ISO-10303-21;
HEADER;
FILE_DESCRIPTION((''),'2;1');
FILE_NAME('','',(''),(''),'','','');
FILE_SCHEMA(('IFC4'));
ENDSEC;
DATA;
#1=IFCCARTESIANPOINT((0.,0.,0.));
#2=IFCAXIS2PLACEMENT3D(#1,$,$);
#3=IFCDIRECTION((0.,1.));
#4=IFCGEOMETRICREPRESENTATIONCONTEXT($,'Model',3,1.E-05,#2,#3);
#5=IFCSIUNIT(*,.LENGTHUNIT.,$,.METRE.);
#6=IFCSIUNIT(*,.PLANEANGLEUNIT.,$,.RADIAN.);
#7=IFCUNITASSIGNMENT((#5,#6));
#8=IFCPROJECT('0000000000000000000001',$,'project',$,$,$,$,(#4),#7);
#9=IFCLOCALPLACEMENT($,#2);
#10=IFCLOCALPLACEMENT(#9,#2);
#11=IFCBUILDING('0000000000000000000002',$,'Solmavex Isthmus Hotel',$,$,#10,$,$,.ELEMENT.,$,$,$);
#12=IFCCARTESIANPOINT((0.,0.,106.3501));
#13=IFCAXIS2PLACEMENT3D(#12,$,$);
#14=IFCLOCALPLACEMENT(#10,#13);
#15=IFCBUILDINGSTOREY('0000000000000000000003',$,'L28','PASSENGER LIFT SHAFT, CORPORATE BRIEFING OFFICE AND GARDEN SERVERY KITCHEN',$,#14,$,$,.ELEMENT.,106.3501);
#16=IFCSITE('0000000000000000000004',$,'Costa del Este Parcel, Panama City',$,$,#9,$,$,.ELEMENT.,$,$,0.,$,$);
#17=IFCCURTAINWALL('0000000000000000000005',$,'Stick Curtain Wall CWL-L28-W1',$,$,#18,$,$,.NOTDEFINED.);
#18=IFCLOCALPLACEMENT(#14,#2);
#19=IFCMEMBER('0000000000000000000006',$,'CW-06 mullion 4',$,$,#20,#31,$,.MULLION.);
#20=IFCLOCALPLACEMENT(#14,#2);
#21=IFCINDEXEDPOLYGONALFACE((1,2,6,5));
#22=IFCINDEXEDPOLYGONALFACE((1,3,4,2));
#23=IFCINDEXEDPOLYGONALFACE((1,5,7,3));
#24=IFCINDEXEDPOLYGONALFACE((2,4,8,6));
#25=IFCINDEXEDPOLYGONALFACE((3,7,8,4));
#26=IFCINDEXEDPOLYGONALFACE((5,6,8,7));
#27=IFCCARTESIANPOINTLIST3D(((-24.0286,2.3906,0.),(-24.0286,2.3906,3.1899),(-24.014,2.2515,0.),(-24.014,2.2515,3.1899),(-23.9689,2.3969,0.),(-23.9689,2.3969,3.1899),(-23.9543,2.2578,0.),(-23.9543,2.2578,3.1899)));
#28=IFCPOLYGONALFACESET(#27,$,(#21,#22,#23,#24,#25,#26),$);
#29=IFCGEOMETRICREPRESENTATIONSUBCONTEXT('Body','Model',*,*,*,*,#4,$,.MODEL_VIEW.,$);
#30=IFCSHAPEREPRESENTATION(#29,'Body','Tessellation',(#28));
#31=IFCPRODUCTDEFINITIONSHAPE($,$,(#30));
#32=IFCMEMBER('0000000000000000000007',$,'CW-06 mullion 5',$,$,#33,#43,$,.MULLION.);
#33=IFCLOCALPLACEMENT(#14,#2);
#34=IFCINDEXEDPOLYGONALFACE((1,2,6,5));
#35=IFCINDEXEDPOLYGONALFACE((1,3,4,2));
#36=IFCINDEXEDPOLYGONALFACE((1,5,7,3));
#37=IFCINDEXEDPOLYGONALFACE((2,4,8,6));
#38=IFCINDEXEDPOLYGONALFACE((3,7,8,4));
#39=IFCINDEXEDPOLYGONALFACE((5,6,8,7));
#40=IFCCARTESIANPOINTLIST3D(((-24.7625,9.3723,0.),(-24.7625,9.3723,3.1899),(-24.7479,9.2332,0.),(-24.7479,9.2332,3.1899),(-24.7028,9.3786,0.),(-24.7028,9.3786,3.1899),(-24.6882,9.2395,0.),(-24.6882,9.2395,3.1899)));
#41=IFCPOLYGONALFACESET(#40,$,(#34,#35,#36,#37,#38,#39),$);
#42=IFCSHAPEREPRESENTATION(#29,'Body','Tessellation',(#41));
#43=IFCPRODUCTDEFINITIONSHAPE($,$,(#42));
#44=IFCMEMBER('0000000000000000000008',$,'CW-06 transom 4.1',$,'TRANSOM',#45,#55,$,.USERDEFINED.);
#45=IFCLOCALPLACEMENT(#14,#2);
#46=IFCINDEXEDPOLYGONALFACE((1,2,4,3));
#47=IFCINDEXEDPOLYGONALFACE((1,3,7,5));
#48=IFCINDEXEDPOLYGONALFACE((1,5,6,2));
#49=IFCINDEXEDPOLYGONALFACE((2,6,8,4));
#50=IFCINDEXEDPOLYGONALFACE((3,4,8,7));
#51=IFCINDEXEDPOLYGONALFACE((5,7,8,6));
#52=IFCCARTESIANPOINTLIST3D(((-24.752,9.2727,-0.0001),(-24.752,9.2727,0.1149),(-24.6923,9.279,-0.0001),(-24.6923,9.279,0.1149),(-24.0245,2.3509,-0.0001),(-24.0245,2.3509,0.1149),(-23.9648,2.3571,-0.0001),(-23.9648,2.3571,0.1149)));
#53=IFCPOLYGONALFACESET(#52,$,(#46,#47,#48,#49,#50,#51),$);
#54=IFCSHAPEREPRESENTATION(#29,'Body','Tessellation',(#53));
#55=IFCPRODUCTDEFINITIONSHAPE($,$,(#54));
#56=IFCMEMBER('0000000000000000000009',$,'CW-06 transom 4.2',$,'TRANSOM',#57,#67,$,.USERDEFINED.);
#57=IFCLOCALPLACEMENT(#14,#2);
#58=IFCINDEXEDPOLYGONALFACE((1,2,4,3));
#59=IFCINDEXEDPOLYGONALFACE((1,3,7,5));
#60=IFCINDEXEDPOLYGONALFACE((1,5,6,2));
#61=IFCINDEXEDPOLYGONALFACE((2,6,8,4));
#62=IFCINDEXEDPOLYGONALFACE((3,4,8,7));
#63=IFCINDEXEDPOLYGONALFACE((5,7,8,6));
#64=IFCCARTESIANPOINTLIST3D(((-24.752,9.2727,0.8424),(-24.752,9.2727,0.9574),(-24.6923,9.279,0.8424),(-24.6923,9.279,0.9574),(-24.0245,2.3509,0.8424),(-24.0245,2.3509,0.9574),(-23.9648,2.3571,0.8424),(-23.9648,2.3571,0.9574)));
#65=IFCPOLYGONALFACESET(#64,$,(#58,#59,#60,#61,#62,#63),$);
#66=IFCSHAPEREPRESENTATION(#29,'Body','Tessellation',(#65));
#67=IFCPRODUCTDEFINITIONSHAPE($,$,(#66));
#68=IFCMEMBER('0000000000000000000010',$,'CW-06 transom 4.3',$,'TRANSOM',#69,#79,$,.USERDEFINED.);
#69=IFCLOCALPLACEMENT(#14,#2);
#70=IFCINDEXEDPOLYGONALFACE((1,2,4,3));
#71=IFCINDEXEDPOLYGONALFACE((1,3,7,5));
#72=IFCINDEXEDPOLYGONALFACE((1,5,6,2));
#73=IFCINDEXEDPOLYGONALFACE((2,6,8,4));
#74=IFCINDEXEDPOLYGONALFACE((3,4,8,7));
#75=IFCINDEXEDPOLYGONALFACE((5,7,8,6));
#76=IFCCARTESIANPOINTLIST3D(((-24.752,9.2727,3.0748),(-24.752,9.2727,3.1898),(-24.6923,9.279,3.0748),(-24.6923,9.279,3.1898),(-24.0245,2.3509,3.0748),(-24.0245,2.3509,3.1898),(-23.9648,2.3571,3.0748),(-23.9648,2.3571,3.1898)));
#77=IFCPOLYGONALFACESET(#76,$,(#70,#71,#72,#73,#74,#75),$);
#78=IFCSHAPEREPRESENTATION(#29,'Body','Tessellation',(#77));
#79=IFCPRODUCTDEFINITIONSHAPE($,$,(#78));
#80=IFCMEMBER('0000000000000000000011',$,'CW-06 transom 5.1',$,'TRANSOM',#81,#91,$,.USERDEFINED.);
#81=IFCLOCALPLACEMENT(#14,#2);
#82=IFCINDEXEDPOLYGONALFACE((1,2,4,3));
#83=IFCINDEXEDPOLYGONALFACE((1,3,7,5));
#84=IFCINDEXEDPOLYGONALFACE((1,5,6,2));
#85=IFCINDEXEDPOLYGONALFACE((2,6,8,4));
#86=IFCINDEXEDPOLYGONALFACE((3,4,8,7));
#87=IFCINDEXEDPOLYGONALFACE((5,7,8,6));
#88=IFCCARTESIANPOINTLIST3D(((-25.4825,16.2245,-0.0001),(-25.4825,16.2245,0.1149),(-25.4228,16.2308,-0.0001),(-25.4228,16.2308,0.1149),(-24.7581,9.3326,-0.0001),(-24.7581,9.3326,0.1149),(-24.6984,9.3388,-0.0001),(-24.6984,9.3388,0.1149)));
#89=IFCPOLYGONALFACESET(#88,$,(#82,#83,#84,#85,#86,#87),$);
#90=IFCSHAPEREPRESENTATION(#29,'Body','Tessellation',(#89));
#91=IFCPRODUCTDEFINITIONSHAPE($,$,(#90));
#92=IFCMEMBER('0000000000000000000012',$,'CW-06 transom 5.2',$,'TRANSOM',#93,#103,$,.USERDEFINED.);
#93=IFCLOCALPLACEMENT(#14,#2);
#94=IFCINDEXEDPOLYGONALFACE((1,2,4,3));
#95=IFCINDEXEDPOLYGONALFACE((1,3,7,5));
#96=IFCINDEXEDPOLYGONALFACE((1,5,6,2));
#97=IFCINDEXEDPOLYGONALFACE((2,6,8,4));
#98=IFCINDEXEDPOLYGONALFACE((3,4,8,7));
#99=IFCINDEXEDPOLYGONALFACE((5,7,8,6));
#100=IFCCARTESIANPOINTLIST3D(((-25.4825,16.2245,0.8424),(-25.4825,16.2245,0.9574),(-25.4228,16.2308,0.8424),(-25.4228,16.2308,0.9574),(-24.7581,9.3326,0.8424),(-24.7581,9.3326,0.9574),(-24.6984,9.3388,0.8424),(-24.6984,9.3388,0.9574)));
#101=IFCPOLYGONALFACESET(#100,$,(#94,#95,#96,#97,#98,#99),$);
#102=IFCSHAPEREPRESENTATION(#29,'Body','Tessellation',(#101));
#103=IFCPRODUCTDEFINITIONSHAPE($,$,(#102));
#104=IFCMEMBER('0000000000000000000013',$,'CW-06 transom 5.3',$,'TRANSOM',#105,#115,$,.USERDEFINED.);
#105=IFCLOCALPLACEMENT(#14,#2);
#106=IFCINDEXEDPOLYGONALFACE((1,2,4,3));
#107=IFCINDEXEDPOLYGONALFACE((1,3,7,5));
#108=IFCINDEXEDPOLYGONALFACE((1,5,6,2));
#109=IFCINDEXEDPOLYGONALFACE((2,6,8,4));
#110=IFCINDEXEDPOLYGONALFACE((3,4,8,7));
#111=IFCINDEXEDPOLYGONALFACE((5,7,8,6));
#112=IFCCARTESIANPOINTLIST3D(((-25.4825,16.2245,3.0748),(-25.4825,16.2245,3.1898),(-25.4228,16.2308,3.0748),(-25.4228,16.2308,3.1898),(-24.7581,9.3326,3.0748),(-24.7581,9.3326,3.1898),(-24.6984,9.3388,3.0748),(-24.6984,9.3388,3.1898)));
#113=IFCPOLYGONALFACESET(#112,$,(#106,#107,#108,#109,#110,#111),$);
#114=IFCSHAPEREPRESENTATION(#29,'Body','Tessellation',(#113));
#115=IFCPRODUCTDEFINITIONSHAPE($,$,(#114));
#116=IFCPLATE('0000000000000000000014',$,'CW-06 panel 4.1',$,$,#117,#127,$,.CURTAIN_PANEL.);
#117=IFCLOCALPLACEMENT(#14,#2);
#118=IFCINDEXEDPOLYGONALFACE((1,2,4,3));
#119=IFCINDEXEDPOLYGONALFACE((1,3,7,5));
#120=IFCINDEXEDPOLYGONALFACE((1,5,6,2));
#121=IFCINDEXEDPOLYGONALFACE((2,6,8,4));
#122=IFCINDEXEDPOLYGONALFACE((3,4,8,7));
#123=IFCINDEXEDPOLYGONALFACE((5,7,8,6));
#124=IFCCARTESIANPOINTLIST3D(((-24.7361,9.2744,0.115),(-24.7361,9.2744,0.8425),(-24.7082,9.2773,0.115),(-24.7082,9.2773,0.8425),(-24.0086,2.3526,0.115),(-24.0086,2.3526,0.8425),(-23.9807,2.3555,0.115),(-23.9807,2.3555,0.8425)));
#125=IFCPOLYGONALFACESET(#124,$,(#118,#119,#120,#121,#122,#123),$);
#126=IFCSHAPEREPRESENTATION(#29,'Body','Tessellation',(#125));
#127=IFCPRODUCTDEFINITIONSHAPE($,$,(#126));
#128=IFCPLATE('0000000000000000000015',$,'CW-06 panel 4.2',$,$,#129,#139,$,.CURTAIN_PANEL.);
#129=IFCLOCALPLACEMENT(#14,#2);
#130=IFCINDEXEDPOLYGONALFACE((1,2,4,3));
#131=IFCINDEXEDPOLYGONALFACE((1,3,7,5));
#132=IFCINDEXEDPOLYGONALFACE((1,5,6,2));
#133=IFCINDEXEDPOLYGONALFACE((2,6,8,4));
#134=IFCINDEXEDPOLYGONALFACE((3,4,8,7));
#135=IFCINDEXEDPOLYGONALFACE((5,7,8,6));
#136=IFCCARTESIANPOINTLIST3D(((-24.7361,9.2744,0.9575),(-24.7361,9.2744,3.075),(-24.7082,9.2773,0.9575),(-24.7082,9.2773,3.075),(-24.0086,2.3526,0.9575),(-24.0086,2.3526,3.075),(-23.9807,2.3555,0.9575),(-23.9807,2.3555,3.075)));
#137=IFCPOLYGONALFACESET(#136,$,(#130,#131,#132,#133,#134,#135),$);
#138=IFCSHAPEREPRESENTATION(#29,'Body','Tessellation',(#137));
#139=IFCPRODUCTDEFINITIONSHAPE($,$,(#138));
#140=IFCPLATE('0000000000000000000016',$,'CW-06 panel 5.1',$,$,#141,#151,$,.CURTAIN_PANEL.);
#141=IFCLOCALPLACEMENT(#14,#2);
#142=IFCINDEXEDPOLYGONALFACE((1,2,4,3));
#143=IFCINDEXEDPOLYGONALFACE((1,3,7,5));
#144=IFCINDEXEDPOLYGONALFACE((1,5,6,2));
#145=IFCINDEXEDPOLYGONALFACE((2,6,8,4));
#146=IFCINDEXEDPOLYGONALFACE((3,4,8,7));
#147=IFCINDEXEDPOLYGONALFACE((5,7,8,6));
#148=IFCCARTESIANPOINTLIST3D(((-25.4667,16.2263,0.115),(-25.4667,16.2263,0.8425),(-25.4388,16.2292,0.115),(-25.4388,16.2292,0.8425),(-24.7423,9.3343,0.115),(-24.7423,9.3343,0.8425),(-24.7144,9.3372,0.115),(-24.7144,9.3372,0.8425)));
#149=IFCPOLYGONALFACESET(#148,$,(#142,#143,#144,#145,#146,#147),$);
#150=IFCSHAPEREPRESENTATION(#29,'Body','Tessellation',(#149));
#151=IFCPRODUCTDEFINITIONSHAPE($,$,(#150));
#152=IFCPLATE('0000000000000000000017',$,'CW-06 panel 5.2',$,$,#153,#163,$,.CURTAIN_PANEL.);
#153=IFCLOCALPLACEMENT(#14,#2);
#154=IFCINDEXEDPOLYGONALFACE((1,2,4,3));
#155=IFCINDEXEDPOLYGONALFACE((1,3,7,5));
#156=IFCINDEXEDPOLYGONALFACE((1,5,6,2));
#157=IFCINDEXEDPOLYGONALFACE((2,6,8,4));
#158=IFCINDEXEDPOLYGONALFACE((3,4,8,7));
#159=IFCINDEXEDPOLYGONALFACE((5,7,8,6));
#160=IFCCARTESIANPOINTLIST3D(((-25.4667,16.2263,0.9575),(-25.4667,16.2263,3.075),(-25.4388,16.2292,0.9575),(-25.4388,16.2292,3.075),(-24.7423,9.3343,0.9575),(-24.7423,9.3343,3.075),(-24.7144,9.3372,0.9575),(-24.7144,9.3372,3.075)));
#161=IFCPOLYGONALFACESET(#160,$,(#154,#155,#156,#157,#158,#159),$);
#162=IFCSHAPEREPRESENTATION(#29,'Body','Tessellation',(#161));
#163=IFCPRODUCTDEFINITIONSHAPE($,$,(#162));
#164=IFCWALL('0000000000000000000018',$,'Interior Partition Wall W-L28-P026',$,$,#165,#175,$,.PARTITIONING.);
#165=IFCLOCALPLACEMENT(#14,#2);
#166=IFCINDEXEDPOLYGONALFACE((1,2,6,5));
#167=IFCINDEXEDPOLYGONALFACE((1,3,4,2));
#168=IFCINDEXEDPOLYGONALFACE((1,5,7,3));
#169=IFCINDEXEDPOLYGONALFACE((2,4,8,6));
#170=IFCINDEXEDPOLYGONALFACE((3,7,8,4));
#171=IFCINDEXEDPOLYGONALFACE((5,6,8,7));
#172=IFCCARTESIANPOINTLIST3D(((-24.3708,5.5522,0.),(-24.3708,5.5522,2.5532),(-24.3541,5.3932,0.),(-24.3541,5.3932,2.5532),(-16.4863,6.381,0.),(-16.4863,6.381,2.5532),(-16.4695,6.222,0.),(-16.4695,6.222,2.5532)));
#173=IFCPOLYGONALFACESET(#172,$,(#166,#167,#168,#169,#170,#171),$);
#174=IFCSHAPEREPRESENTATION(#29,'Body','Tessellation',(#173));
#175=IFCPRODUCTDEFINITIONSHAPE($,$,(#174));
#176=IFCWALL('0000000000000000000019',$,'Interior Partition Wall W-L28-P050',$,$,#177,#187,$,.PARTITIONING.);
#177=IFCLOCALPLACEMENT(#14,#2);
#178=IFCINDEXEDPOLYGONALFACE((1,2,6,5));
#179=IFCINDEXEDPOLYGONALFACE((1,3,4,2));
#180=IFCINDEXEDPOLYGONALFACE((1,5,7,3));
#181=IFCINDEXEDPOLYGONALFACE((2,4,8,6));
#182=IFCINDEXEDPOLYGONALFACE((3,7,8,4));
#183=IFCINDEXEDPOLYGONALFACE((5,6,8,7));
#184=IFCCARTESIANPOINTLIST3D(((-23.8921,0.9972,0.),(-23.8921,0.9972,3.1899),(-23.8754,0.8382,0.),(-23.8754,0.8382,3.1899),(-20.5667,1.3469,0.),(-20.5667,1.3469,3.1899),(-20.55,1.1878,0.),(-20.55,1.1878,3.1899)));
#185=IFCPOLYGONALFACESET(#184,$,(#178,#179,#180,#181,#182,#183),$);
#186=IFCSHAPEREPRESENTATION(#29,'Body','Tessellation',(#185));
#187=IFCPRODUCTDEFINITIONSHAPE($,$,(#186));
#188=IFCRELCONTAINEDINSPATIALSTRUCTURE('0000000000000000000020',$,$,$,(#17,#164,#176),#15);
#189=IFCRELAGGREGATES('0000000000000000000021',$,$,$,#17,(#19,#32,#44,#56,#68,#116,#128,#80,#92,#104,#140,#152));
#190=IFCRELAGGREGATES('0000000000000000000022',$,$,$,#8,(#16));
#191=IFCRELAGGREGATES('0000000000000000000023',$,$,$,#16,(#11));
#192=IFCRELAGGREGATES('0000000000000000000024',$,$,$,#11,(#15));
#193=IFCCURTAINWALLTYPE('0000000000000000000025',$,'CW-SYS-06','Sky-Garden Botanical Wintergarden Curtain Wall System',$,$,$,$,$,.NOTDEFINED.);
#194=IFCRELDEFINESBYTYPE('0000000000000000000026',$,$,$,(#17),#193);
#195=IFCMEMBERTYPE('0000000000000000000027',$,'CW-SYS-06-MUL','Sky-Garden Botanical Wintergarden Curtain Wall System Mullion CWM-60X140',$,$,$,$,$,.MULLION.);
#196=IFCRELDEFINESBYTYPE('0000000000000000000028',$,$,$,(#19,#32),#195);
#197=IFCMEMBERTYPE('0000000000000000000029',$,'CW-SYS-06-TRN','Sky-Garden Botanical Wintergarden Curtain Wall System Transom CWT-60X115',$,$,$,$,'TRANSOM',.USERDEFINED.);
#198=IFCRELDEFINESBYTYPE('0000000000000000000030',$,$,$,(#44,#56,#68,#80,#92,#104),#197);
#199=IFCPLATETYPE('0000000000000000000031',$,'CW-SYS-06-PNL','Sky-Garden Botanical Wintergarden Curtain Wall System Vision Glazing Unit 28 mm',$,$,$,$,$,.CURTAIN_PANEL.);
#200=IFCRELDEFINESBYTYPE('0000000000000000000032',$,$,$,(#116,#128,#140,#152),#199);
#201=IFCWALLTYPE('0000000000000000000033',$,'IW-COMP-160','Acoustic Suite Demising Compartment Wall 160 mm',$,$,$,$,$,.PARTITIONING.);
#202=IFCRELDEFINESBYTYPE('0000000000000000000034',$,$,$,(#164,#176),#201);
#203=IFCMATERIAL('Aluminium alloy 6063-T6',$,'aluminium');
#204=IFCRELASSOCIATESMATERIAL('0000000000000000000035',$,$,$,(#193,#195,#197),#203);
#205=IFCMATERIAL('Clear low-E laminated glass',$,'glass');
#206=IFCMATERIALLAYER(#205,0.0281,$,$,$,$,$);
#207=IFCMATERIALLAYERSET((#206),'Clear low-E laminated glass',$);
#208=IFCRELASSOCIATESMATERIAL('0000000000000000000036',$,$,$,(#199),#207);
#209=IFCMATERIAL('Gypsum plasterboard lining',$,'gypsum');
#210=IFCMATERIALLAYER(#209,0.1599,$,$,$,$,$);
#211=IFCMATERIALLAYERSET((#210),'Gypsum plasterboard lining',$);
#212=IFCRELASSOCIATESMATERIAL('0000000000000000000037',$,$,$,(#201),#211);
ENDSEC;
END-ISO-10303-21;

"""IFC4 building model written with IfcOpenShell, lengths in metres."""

from ifc_helpers import new_model, si_unit, direction, frame, frame_2d, origin, origin_2d, place, context, subcontext, project, spatial, rectangle, extrude, material, layer, layer_set, material_profile, profile_set, type_object, element, aggregate, save


model = new_model("IFC4")

# Units and contexts
model_context = context("Model", 3, precision=1e-05, world=origin(), true_north=direction((0.0, 1.0)))
body_context = subcontext(model_context, "Body", "Model", "MODEL_VIEW")
ifc_project = project(units=[si_unit("LENGTHUNIT", "METRE"), si_unit("PLANEANGLEUNIT", "RADIAN")], contexts=[model_context])

# Site, building, storey
site_placement = place(None, origin())
site = spatial("IfcSite", under=ifc_project, at=site_placement, Name="Costa del Este Parcel, Panama City", CompositionType="ELEMENT", RefElevation=0.0)
building_placement = place(site_placement, origin())
building = spatial("IfcBuilding", under=site, at=building_placement, Name="Solmavex Isthmus Hotel", CompositionType="ELEMENT")
storey_placement = place(building_placement, frame((0.0, 0.0, 106.3501)))
storey = spatial("IfcBuildingStorey", under=building, at=storey_placement, Name="L28", Description="PASSENGER LIFT SHAFT, CORPORATE BRIEFING OFFICE AND GARDEN SERVERY KITCHEN", CompositionType="ELEMENT", Elevation=106.3501)

# Curtain wall, members, plates
ifc_material_1 = material(Name="Aluminium alloy 6063-T6", Category="aluminium")
curtain_wall_type = type_object("IfcCurtainWallType", Name="CW-SYS-06", Description="Sky-Garden Botanical Wintergarden Curtain Wall System", PredefinedType="NOTDEFINED", material=ifc_material_1)
curtain_wall_placement = place(storey_placement, origin())
curtain_wall = element("IfcCurtainWall", 1, at=curtain_wall_placement, inside=storey, type_object=curtain_wall_type, Name="Stick Curtain Wall CWL-L28-W1", PredefinedType="NOTDEFINED")
ifc_material_profile_1 = material_profile(ifc_material_1, rectangle(XDim=0.0601, YDim=0.1399, at=origin_2d()), Name="CWM-60X140")
ifc_profile_set_1 = profile_set([ifc_material_profile_1], Name="Aluminium alloy 6063-T6")
member_type_1 = type_object("IfcMemberType", Name="CW-SYS-06-MUL", Description="Sky-Garden Botanical Wintergarden Curtain Wall System Mullion CWM-60X140", PredefinedType="MULLION", material=ifc_profile_set_1)
member_1_placement = place(storey_placement, frame((-23.9915, 2.3242, 0.0), z_axis=(0.0, 0.0, 1.0), x_axis=(-0.994522, -0.104528, 0.0)))
member_1 = element("IfcMember", 2, at=member_1_placement, type_object=member_type_1, Name="CW-06 mullion 4", PredefinedType="MULLION", context=body_context, shape_type="SweptSolid", body=[
    extrude(rectangle(XDim=0.0601, YDim=0.1399, at=origin_2d()), origin(), (0.0, 0.0, 1.0), 3.1899),
])
member_2_placement = place(storey_placement, frame((-24.7253, 9.3059, 0.0), z_axis=(0.0, 0.0, 1.0), x_axis=(-0.994522, -0.104528, 0.0)))
member_2 = element("IfcMember", 3, at=member_2_placement, type_object=member_type_1, Name="CW-06 mullion 5", PredefinedType="MULLION", context=body_context, shape_type="SweptSolid", body=[
    extrude(rectangle(XDim=0.0601, YDim=0.1399, at=origin_2d()), origin(), (0.0, 0.0, 1.0), 3.1899),
])
ifc_material_profile_2 = material_profile(ifc_material_1, rectangle(XDim=0.0601, YDim=0.115, at=origin_2d()), Name="CWT-60X115")
ifc_profile_set_2 = profile_set([ifc_material_profile_2], Name="Aluminium alloy 6063-T6")
member_type_2 = type_object("IfcMemberType", Name="CW-SYS-06-TRN", Description="Sky-Garden Botanical Wintergarden Curtain Wall System Transom CWT-60X115", ElementType="TRANSOM", PredefinedType="USERDEFINED", material=ifc_profile_set_2)
member_3_placement = place(storey_placement, frame((-23.9946, 2.354, 0.0574), z_axis=(-0.104531, 0.994522, 0.0), x_axis=(-0.994522, -0.104531, 0.0)))
member_3 = element("IfcMember", 4, at=member_3_placement, type_object=member_type_2, Name="CW-06 transom 4.1", ObjectType="TRANSOM", PredefinedType="USERDEFINED", context=body_context, shape_type="SweptSolid", body=[
    extrude(rectangle(XDim=0.0601, YDim=0.115, at=origin_2d()), origin(), (0.0, 0.0, 1.0), 6.96),
])
member_4_placement = place(storey_placement, frame((-23.9946, 2.354, 0.8999), z_axis=(-0.104531, 0.994522, 0.0), x_axis=(-0.994522, -0.104531, 0.0)))
member_4 = element("IfcMember", 5, at=member_4_placement, type_object=member_type_2, Name="CW-06 transom 4.2", ObjectType="TRANSOM", PredefinedType="USERDEFINED", context=body_context, shape_type="SweptSolid", body=[
    extrude(rectangle(XDim=0.0601, YDim=0.115, at=origin_2d()), origin(), (0.0, 0.0, 1.0), 6.96),
])
member_5_placement = place(storey_placement, frame((-23.9946, 2.354, 3.1323), z_axis=(-0.104531, 0.994522, 0.0), x_axis=(-0.994522, -0.104531, 0.0)))
member_5 = element("IfcMember", 6, at=member_5_placement, type_object=member_type_2, Name="CW-06 transom 4.3", ObjectType="TRANSOM", PredefinedType="USERDEFINED", context=body_context, shape_type="SweptSolid", body=[
    extrude(rectangle(XDim=0.0601, YDim=0.115, at=origin_2d()), origin(), (0.0, 0.0, 1.0), 6.96),
])
member_6_placement = place(storey_placement, frame((-24.7283, 9.3357, 0.0574), z_axis=(-0.104525, 0.994522, 0.0), x_axis=(-0.994522, -0.104525, 0.0)))
member_6 = element("IfcMember", 7, at=member_6_placement, type_object=member_type_2, Name="CW-06 transom 5.1", ObjectType="TRANSOM", PredefinedType="USERDEFINED", context=body_context, shape_type="SweptSolid", body=[
    extrude(rectangle(XDim=0.0601, YDim=0.115, at=origin_2d()), origin(), (0.0, 0.0, 1.0), 6.9299),
])
member_7_placement = place(storey_placement, frame((-24.7283, 9.3357, 0.8999), z_axis=(-0.104525, 0.994522, 0.0), x_axis=(-0.994522, -0.104525, 0.0)))
member_7 = element("IfcMember", 8, at=member_7_placement, type_object=member_type_2, Name="CW-06 transom 5.2", ObjectType="TRANSOM", PredefinedType="USERDEFINED", context=body_context, shape_type="SweptSolid", body=[
    extrude(rectangle(XDim=0.0601, YDim=0.115, at=origin_2d()), origin(), (0.0, 0.0, 1.0), 6.9299),
])
member_8_placement = place(storey_placement, frame((-24.7283, 9.3357, 3.1323), z_axis=(-0.104525, 0.994522, 0.0), x_axis=(-0.994522, -0.104525, 0.0)))
member_8 = element("IfcMember", 9, at=member_8_placement, type_object=member_type_2, Name="CW-06 transom 5.3", ObjectType="TRANSOM", PredefinedType="USERDEFINED", context=body_context, shape_type="SweptSolid", body=[
    extrude(rectangle(XDim=0.0601, YDim=0.115, at=origin_2d()), origin(), (0.0, 0.0, 1.0), 6.9299),
])
ifc_material_2 = material(Name="Clear low-E laminated glass", Category="glass")
ifc_layer_1 = layer(ifc_material_2, 0.0281)
ifc_layer_set_1 = layer_set([ifc_layer_1], Name="Clear low-E laminated glass")
plate_type = type_object("IfcPlateType", Name="CW-SYS-06-PNL", Description="Sky-Garden Botanical Wintergarden Curtain Wall System Vision Glazing Unit 28 mm", PredefinedType="CURTAIN_PANEL", material=ifc_layer_set_1)
plate_1_placement = place(storey_placement, frame((-24.3584, 5.8149, 0.115), z_axis=(0.0, 0.0, 1.0), x_axis=(-0.104528, 0.994522, 0.0)))
plate_1 = element("IfcPlate", 10, at=plate_1_placement, type_object=plate_type, Name="CW-06 panel 4.1", PredefinedType="CURTAIN_PANEL", context=body_context, shape_type="SweptSolid", body=[
    extrude(rectangle(XDim=6.96, YDim=0.0281, at=origin_2d()), origin(), (0.0, 0.0, 1.0), 0.7275),
])
plate_2_placement = place(storey_placement, frame((-24.3584, 5.8149, 0.9575), z_axis=(0.0, 0.0, 1.0), x_axis=(-0.104528, 0.994522, 0.0)))
plate_2 = element("IfcPlate", 11, at=plate_2_placement, type_object=plate_type, Name="CW-06 panel 4.2", PredefinedType="CURTAIN_PANEL", context=body_context, shape_type="SweptSolid", body=[
    extrude(rectangle(XDim=6.96, YDim=0.0281, at=origin_2d()), origin(), (0.0, 0.0, 1.0), 2.1174),
])
plate_3_placement = place(storey_placement, frame((-25.0906, 12.7817, 0.115), z_axis=(0.0, 0.0, 1.0), x_axis=(-0.104528, 0.994522, 0.0)))
plate_3 = element("IfcPlate", 12, at=plate_3_placement, type_object=plate_type, Name="CW-06 panel 5.1", PredefinedType="CURTAIN_PANEL", context=body_context, shape_type="SweptSolid", body=[
    extrude(rectangle(XDim=6.9299, YDim=0.0281, at=origin_2d()), origin(), (0.0, 0.0, 1.0), 0.7275),
])
plate_4_placement = place(storey_placement, frame((-25.0906, 12.7817, 0.9575), z_axis=(0.0, 0.0, 1.0), x_axis=(-0.104528, 0.994522, 0.0)))
plate_4 = element("IfcPlate", 13, at=plate_4_placement, type_object=plate_type, Name="CW-06 panel 5.2", PredefinedType="CURTAIN_PANEL", context=body_context, shape_type="SweptSolid", body=[
    extrude(rectangle(XDim=6.9299, YDim=0.0281, at=origin_2d()), origin(), (0.0, 0.0, 1.0), 2.1174),
])
aggregate(curtain_wall, [member_1, member_2, member_3, member_4, member_5, plate_1, plate_2, member_6, member_7, member_8, plate_3, plate_4])

# Wall
ifc_material_3 = material(Name="Gypsum plasterboard lining", Category="gypsum")
ifc_layer_2 = layer(ifc_material_3, 0.1599)
ifc_layer_set_2 = layer_set([ifc_layer_2], Name="Gypsum plasterboard lining")
wall_type_1 = type_object("IfcWallType", Name="IW-COMP-160", Description="Acoustic Suite Demising Compartment Wall 160 mm", PredefinedType="PARTITIONING", material=ifc_layer_set_2)
wall_1_placement = place(storey_placement, frame((-16.478, 6.3015, 0.0), z_axis=(0.0, 0.0, 1.0), x_axis=(-0.99452, -0.104549, 0.0)))
element("IfcWall", 14, at=wall_1_placement, inside=storey, type_object=wall_type_1, Name="Interior Partition Wall W-L28-P026", PredefinedType="PARTITIONING", context=body_context, shape_type="SweptSolid", body=[
    extrude(rectangle(XDim=7.928, YDim=0.1599, at=frame_2d((3.9639, 0.0))), origin(), (0.0, 0.0, 1.0), 2.5532),
])

# Wall
wall_2_placement = place(storey_placement, frame((-20.5583, 1.2673, 0.0), z_axis=(0.0, 0.0, 1.0), x_axis=(-0.994519, -0.104556, 0.0)))
element("IfcWall", 15, at=wall_2_placement, inside=storey, type_object=wall_type_1, Name="Interior Partition Wall W-L28-P050", PredefinedType="PARTITIONING", context=body_context, shape_type="SweptSolid", body=[
    extrude(rectangle(XDim=3.3438, YDim=0.1599, at=frame_2d((1.6719, 0.0))), origin(), (0.0, 0.0, 1.0), 3.1899),
])

save(model, "model.ifc")
